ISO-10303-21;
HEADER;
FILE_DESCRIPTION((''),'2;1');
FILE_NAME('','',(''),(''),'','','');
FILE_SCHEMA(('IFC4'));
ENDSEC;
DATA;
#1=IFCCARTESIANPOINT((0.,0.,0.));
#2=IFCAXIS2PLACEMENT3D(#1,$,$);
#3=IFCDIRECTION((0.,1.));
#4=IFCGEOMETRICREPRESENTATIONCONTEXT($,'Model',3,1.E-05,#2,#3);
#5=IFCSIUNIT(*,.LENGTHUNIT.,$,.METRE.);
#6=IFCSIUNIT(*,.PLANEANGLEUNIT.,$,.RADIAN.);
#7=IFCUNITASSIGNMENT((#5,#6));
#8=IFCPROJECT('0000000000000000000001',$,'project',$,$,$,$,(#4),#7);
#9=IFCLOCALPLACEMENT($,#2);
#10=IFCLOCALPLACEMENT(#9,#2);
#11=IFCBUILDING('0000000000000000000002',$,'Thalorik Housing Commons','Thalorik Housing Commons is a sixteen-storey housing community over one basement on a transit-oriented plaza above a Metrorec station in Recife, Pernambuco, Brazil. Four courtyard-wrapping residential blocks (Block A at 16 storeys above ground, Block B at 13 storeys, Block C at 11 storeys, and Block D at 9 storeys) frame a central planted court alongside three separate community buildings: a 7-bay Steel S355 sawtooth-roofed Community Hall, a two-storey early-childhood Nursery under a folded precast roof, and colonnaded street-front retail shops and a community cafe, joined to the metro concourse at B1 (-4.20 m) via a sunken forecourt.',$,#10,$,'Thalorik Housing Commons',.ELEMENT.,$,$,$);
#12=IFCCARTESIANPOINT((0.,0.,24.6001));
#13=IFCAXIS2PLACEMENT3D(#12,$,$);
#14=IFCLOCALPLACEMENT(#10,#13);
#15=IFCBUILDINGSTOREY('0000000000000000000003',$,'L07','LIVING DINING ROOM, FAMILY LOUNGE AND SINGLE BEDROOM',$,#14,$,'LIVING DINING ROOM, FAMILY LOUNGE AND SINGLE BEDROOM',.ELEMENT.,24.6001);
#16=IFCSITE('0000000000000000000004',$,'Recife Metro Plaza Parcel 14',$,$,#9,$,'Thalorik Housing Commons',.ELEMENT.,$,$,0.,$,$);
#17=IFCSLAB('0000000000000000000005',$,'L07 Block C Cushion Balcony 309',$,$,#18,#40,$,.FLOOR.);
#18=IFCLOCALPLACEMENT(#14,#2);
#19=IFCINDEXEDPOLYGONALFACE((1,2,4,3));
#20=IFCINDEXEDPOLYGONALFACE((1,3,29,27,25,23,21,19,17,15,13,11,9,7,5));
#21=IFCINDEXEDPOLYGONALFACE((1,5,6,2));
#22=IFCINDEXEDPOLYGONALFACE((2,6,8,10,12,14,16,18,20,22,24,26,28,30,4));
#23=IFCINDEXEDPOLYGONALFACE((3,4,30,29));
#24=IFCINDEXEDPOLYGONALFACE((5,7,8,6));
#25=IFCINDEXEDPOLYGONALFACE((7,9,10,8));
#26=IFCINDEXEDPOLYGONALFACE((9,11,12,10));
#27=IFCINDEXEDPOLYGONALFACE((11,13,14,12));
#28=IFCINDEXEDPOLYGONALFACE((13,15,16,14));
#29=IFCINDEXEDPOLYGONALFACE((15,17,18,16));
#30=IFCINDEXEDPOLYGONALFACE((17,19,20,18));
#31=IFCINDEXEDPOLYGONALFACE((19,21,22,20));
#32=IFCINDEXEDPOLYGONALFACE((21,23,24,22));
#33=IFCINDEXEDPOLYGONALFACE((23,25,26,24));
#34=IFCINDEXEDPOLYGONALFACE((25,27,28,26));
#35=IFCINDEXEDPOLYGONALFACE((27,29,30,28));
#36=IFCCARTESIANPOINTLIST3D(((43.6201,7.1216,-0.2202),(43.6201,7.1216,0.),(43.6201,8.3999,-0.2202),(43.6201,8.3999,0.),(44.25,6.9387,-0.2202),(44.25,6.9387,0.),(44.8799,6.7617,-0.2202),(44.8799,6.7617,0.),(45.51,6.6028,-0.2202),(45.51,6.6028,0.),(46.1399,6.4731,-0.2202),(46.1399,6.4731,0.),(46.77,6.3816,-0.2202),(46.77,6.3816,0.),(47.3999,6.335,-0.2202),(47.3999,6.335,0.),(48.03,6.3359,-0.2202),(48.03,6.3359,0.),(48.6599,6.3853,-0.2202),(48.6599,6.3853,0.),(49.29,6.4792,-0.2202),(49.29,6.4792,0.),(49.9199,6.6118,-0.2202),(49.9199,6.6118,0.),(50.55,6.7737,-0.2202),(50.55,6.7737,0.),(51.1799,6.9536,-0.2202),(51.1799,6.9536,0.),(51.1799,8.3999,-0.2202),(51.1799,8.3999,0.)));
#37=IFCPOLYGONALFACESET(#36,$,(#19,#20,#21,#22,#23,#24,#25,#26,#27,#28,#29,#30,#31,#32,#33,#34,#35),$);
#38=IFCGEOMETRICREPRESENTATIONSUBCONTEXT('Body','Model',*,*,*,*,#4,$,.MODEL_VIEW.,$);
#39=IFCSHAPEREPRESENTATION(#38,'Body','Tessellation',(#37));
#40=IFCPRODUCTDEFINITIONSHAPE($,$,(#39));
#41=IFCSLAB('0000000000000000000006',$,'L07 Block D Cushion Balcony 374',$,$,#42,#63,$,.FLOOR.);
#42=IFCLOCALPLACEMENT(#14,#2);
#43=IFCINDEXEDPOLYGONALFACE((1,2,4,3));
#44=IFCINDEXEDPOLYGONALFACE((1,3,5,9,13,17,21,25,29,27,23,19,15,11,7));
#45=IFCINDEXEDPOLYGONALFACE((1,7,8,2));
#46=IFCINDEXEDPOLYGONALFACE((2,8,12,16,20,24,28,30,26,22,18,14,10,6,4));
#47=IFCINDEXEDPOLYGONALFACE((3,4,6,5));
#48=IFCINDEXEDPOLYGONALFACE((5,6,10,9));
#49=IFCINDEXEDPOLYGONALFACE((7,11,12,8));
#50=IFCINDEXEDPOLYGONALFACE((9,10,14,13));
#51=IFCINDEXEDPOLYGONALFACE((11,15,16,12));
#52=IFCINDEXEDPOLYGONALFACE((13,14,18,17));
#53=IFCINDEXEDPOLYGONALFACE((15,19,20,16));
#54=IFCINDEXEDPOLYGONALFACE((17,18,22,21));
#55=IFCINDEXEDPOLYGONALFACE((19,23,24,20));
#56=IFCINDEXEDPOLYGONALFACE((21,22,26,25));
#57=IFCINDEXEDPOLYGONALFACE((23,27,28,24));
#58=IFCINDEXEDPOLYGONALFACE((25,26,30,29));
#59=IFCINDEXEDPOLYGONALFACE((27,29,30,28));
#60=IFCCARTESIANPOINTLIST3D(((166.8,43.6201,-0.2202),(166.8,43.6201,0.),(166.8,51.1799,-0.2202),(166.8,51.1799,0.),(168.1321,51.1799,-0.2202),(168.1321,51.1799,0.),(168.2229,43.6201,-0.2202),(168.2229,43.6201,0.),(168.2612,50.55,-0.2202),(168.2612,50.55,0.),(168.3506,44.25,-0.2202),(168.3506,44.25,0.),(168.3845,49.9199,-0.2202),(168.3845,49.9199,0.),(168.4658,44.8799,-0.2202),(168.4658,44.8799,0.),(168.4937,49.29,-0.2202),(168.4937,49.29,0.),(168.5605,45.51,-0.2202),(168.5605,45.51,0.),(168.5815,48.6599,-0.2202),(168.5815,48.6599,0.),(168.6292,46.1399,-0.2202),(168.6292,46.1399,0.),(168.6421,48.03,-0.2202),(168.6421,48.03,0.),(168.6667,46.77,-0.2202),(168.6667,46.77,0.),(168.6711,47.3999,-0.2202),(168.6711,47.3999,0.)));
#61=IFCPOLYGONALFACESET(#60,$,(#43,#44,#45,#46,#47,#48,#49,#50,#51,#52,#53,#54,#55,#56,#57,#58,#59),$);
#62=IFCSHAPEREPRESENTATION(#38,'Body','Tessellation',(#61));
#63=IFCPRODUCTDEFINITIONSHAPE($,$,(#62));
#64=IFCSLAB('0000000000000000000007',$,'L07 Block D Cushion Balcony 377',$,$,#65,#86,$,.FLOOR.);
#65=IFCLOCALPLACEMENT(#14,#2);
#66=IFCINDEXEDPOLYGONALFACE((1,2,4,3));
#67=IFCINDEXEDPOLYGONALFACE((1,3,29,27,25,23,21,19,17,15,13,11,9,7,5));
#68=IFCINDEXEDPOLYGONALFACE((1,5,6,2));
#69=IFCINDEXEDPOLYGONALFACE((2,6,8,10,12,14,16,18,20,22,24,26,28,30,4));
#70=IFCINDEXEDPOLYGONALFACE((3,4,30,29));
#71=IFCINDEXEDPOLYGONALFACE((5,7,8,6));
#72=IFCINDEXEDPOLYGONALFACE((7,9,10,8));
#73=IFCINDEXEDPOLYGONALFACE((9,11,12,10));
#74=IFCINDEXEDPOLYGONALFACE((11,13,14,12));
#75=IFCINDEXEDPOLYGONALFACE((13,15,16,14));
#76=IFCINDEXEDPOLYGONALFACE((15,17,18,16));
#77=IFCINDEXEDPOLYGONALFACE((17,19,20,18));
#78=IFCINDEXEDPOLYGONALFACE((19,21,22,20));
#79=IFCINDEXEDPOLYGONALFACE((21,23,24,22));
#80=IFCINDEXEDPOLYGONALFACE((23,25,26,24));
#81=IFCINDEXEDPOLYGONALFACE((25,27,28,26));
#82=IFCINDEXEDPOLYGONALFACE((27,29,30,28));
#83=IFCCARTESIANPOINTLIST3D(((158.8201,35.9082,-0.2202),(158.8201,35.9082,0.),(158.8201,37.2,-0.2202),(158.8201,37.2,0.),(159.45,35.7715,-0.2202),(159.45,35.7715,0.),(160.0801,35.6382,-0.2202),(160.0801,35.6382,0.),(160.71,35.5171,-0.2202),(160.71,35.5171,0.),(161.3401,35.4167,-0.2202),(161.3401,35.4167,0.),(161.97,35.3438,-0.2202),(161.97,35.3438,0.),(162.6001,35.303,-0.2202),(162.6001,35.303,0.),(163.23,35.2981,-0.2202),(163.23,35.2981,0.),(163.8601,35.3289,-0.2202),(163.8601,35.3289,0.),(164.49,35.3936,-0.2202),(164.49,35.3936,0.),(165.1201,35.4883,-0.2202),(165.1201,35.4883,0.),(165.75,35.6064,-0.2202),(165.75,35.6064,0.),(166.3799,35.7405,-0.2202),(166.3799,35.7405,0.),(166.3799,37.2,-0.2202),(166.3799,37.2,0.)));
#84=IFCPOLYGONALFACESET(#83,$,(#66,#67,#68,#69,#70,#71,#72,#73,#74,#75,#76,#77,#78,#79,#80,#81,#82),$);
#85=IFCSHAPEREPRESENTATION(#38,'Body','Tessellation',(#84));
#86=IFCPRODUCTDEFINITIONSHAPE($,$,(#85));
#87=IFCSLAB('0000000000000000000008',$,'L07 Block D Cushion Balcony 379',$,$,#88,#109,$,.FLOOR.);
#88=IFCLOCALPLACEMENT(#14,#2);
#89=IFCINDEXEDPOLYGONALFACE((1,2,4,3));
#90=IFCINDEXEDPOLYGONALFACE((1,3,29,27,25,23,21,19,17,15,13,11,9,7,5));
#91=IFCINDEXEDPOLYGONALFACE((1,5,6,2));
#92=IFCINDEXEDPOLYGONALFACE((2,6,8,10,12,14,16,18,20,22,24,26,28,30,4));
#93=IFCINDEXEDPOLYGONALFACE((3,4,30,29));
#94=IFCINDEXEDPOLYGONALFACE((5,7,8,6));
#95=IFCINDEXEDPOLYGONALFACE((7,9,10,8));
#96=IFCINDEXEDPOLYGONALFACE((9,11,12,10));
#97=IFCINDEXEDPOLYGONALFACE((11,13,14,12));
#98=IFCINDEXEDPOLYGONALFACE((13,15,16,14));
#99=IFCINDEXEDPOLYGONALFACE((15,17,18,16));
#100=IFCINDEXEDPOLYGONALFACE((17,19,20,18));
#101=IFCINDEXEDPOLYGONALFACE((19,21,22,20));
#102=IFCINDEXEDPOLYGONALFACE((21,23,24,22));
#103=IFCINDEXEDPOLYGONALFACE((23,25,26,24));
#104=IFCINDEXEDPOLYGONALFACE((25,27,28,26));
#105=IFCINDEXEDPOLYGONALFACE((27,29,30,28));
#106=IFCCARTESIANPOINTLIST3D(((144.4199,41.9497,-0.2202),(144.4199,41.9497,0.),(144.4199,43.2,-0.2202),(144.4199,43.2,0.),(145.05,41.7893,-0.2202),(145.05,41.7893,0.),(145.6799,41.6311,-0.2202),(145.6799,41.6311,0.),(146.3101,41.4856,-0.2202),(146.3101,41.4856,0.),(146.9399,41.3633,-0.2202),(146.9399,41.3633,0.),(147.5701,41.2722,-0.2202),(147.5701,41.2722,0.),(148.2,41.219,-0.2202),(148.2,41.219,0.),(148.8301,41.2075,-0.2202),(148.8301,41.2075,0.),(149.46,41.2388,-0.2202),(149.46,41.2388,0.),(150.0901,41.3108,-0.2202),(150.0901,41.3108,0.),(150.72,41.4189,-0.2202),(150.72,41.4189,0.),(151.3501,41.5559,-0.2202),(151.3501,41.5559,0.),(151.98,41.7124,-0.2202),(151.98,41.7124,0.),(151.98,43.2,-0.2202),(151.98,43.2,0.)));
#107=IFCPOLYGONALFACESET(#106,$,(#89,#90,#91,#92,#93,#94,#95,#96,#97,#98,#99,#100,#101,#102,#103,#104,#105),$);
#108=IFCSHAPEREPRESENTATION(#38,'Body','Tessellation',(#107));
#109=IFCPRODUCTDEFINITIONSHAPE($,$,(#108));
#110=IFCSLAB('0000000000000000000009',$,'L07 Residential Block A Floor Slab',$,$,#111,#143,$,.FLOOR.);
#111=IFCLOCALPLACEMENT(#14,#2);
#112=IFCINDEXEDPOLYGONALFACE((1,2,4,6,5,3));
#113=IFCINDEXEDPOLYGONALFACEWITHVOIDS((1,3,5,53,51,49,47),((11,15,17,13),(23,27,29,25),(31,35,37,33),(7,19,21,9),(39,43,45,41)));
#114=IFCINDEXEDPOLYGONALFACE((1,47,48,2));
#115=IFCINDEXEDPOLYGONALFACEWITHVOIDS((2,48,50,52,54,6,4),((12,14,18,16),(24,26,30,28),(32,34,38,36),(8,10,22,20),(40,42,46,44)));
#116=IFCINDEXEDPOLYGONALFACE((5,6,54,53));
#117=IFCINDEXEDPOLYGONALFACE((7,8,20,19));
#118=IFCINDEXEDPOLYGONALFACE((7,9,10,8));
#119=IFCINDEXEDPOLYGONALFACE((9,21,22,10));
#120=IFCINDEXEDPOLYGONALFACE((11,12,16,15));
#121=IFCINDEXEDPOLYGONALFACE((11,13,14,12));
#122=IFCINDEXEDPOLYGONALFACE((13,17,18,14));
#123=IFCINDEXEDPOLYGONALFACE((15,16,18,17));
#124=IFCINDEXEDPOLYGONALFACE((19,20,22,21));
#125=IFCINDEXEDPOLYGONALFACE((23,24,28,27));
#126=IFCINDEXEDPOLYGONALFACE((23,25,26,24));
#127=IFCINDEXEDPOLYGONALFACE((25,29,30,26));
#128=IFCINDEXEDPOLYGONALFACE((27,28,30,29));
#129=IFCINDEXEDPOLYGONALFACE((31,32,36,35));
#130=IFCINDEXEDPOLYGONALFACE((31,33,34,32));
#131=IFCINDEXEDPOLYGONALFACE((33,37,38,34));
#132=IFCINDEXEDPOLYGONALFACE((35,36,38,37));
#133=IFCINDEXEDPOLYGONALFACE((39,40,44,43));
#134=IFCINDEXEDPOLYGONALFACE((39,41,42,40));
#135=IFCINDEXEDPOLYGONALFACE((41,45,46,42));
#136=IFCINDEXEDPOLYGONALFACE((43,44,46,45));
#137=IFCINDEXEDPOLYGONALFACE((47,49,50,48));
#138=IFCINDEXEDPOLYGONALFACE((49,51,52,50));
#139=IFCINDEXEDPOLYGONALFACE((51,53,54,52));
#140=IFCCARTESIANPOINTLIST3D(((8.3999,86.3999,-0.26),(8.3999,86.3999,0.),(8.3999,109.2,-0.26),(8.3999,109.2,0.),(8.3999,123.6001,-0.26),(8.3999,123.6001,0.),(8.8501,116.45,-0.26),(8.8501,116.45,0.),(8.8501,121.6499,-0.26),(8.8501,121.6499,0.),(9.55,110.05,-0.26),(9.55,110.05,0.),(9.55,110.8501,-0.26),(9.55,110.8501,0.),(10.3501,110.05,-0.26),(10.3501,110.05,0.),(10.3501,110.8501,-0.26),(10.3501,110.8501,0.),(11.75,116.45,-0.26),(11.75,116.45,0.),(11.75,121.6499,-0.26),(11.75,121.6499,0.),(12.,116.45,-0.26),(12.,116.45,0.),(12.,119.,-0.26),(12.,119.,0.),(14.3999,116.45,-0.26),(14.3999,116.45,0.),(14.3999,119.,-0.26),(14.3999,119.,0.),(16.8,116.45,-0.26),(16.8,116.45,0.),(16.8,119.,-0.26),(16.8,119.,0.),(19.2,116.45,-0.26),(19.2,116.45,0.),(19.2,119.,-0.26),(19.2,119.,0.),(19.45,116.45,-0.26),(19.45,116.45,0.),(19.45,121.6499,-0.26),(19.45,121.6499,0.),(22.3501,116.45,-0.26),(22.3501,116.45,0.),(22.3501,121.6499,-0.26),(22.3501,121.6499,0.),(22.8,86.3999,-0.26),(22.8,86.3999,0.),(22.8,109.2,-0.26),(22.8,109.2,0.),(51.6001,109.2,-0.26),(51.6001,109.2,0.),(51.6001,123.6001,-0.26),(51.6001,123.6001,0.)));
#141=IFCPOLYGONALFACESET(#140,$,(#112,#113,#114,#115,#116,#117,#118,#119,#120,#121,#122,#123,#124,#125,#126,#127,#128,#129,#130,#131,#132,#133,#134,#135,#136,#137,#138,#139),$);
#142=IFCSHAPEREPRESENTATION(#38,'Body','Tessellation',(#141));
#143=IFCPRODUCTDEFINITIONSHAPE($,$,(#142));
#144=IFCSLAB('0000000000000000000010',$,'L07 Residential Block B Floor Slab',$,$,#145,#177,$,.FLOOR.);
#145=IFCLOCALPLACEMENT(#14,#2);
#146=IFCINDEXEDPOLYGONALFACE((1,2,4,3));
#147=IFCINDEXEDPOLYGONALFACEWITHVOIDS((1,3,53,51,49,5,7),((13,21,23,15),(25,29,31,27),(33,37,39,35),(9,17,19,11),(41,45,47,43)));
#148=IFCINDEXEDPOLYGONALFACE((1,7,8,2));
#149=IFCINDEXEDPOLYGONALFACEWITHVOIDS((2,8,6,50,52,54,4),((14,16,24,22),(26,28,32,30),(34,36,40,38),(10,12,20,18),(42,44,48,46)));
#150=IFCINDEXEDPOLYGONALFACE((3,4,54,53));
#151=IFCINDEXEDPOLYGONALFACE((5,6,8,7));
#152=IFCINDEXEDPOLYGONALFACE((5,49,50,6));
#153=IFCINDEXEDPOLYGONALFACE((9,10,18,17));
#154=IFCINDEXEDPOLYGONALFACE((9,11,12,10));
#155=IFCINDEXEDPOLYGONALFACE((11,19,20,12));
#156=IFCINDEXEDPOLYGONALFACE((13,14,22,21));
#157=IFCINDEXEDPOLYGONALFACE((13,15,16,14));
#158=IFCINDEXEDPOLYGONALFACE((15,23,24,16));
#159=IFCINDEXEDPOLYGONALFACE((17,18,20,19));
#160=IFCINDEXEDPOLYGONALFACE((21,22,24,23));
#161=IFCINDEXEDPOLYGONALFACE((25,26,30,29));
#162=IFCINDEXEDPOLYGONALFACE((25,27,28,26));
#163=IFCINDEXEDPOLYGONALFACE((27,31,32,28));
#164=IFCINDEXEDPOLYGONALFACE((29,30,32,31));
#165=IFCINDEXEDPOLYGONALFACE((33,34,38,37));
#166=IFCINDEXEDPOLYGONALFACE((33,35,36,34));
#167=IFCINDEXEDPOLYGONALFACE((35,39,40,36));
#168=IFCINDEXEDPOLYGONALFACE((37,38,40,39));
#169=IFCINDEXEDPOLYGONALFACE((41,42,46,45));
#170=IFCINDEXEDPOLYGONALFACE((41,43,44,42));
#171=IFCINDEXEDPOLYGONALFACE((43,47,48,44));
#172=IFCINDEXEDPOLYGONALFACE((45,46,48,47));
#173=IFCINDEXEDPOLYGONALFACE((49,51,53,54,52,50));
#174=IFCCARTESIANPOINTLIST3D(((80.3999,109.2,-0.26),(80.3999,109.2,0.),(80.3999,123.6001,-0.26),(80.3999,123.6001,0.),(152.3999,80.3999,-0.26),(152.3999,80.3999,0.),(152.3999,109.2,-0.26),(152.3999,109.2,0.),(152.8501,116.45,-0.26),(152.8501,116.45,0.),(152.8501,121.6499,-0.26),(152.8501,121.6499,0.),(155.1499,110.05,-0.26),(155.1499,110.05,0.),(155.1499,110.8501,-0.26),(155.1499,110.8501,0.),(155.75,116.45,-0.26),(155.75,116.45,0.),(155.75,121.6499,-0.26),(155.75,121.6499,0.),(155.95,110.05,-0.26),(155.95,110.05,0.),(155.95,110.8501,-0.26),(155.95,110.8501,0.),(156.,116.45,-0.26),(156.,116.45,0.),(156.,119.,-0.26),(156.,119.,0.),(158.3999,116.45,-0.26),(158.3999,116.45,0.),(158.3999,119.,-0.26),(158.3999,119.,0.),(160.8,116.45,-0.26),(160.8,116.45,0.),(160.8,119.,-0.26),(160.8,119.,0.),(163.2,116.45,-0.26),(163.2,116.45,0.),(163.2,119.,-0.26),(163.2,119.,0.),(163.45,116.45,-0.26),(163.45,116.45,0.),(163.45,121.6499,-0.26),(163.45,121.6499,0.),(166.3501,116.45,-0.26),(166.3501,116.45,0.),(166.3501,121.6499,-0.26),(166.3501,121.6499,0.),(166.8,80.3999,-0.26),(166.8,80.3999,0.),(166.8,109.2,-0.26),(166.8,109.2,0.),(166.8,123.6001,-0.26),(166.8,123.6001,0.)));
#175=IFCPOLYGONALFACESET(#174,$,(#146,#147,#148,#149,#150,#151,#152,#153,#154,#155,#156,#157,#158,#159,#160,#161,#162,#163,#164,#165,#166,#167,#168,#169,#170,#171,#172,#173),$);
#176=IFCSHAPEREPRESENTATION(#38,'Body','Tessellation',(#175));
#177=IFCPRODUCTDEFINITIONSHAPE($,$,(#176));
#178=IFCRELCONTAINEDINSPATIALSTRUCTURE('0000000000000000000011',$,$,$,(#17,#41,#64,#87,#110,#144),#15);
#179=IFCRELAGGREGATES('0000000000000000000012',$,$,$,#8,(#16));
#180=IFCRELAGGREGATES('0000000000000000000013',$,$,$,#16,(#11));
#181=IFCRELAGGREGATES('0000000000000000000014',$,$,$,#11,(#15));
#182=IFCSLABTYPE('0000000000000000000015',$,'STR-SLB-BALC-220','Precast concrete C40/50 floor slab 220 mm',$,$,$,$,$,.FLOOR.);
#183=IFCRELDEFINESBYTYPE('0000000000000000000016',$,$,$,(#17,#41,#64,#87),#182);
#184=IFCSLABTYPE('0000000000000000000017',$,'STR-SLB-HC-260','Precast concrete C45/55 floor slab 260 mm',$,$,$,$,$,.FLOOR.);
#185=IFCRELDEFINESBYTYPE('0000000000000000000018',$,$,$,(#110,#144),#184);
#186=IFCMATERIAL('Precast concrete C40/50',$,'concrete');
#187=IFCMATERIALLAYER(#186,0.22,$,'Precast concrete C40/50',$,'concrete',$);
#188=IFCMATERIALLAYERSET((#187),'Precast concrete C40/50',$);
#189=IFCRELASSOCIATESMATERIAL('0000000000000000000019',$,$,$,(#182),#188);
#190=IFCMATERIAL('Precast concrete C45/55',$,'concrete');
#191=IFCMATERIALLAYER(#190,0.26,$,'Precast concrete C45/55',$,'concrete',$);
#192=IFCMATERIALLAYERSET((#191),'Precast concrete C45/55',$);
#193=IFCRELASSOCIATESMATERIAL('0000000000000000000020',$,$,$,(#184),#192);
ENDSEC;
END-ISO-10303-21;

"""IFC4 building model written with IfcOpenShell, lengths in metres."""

from ifc_helpers import new_model, si_unit, direction, frame, origin, place, context, subcontext, project, spatial, polyline, outline, extrude, material, layer, layer_set, type_object, element, save


model = new_model("IFC4")

# Units and contexts
model_context = context("Model", 3, precision=1e-05, world=origin(), true_north=direction((0.0, 1.0)))
body_context = subcontext(model_context, "Body", "Model", "MODEL_VIEW")
ifc_project = project(units=[si_unit("LENGTHUNIT", "METRE"), si_unit("PLANEANGLEUNIT", "RADIAN")], contexts=[model_context])

# Site, building, storey
site_placement = place(None, origin())
site = spatial("IfcSite", under=ifc_project, at=site_placement, Name="Recife Metro Plaza Parcel 14", LongName="Thalorik Housing Commons", CompositionType="ELEMENT", RefElevation=0.0)
building_placement = place(site_placement, origin())
building = spatial("IfcBuilding", under=site, at=building_placement, Name="Thalorik Housing Commons", Description="Thalorik Housing Commons is a sixteen-storey housing community over one basement on a transit-oriented plaza above a Metrorec station in Recife, Pernambuco, Brazil. Four courtyard-wrapping residential blocks (Block A at 16 storeys above ground, Block B at 13 storeys, Block C at 11 storeys, and Block D at 9 storeys) frame a central planted court alongside three separate community buildings: a 7-bay Steel S355 sawtooth-roofed Community Hall, a two-storey early-childhood Nursery under a folded precast roof, and colonnaded street-front retail shops and a community cafe, joined to the metro concourse at B1 (-4.20 m) via a sunken forecourt.", LongName="Thalorik Housing Commons", CompositionType="ELEMENT")
storey_placement = place(building_placement, frame((0.0, 0.0, 24.6001)))
storey = spatial("IfcBuildingStorey", under=building, at=storey_placement, Name="L07", Description="LIVING DINING ROOM, FAMILY LOUNGE AND SINGLE BEDROOM", LongName="LIVING DINING ROOM, FAMILY LOUNGE AND SINGLE BEDROOM", CompositionType="ELEMENT", Elevation=24.6001)

# Slabs
ifc_material_1 = material(Name="Precast concrete C40/50", Category="concrete")
ifc_layer_1 = layer(ifc_material_1, 0.22, Name="Precast concrete C40/50", Category="concrete")
ifc_layer_set_1 = layer_set([ifc_layer_1], Name="Precast concrete C40/50")
slab_type_1 = type_object("IfcSlabType", Name="STR-SLB-BALC-220", Description="Precast concrete C40/50 floor slab 220 mm", PredefinedType="FLOOR", material=ifc_layer_set_1)
slab_1_placement = place(storey_placement, frame((0.0, 0.0, -0.2202)))
element("IfcSlab", 1, at=slab_1_placement, inside=storey, type_object=slab_type_1, Name="L07 Block C Cushion Balcony 309", PredefinedType="FLOOR", context=body_context, shape_type="SweptSolid", body=[
    extrude(outline(polyline([(43.6201, 7.1216), (44.25, 6.9387), (44.8799, 6.7617), (45.51, 6.6028), (46.1399, 6.4731), (46.77, 6.3816), (47.3999, 6.335), (48.03, 6.3359), (48.6599, 6.3853), (49.29, 6.4792), (49.9199, 6.6118), (50.55, 6.7737), (51.1799, 6.9536), (51.1799, 8.3999), (43.6201, 8.3999), (43.6201, 7.1216)])), origin(), (0.0, 0.0, 1.0), 0.2202),
])
slab_2_placement = place(storey_placement, frame((0.0, 0.0, -0.2202)))
element("IfcSlab", 2, at=slab_2_placement, inside=storey, type_object=slab_type_1, Name="L07 Block D Cushion Balcony 374", PredefinedType="FLOOR", context=body_context, shape_type="SweptSolid", body=[
    extrude(outline(polyline([(168.2229, 43.6201), (168.3506, 44.25), (168.4658, 44.8799), (168.5605, 45.51), (168.6292, 46.1399), (168.6667, 46.77), (168.6711, 47.3999), (168.6421, 48.03), (168.5815, 48.6599), (168.4937, 49.29), (168.3845, 49.9199), (168.2612, 50.55), (168.1321, 51.1799), (166.8, 51.1799), (166.8, 43.6201), (168.2229, 43.6201)])), origin(), (0.0, 0.0, 1.0), 0.2202),
])
slab_3_placement = place(storey_placement, frame((0.0, 0.0, -0.2202)))
element("IfcSlab", 3, at=slab_3_placement, inside=storey, type_object=slab_type_1, Name="L07 Block D Cushion Balcony 377", PredefinedType="FLOOR", context=body_context, shape_type="SweptSolid", body=[
    extrude(outline(polyline([(158.8201, 35.9082), (159.45, 35.7715), (160.0801, 35.6382), (160.71, 35.5171), (161.3401, 35.4167), (161.97, 35.3438), (162.6001, 35.303), (163.23, 35.2981), (163.8601, 35.3289), (164.49, 35.3936), (165.1201, 35.4883), (165.75, 35.6064), (166.3799, 35.7405), (166.3799, 37.2), (158.8201, 37.2), (158.8201, 35.9082)])), origin(), (0.0, 0.0, 1.0), 0.2202),
])
slab_4_placement = place(storey_placement, frame((0.0, 0.0, -0.2202)))
element("IfcSlab", 4, at=slab_4_placement, inside=storey, type_object=slab_type_1, Name="L07 Block D Cushion Balcony 379", PredefinedType="FLOOR", context=body_context, shape_type="SweptSolid", body=[
    extrude(outline(polyline([(144.4199, 41.9497), (145.05, 41.7893), (145.6799, 41.6311), (146.3101, 41.4856), (146.9399, 41.3633), (147.5701, 41.2722), (148.2, 41.219), (148.8301, 41.2075), (149.46, 41.2388), (150.0901, 41.3108), (150.72, 41.4189), (151.3501, 41.5559), (151.98, 41.7124), (151.98, 43.2), (144.4199, 43.2), (144.4199, 41.9497)])), origin(), (0.0, 0.0, 1.0), 0.2202),
])
ifc_material_2 = material(Name="Precast concrete C45/55", Category="concrete")
ifc_layer_2 = layer(ifc_material_2, 0.26, Name="Precast concrete C45/55", Category="concrete")
ifc_layer_set_2 = layer_set([ifc_layer_2], Name="Precast concrete C45/55")
slab_type_2 = type_object("IfcSlabType", Name="STR-SLB-HC-260", Description="Precast concrete C45/55 floor slab 260 mm", PredefinedType="FLOOR", material=ifc_layer_set_2)
slab_5_placement = place(storey_placement, frame((0.0, 0.0, -0.26)))
element("IfcSlab", 5, at=slab_5_placement, inside=storey, type_object=slab_type_2, Name="L07 Residential Block A Floor Slab", PredefinedType="FLOOR", context=body_context, shape_type="SweptSolid", body=[
    extrude(outline(polyline([(8.3999, 123.6001), (8.3999, 109.2), (8.3999, 86.3999), (22.8, 86.3999), (22.8, 109.2), (51.6001, 109.2), (51.6001, 123.6001), (8.3999, 123.6001)]), holes=[polyline([(8.8501, 121.6499), (11.75, 121.6499), (11.75, 116.45), (8.8501, 116.45), (8.8501, 121.6499)]), polyline([(22.3501, 121.6499), (22.3501, 116.45), (19.45, 116.45), (19.45, 121.6499), (22.3501, 121.6499)]), polyline([(14.3999, 119.0), (14.3999, 116.45), (12.0, 116.45), (12.0, 119.0), (14.3999, 119.0)]), polyline([(19.2, 116.45), (16.8, 116.45), (16.8, 119.0), (19.2, 119.0), (19.2, 116.45)]), polyline([(9.55, 110.05), (9.55, 110.8501), (10.3501, 110.8501), (10.3501, 110.05), (9.55, 110.05)])]), origin(), (0.0, 0.0, 1.0), 0.26),
])
slab_6_placement = place(storey_placement, frame((0.0, 0.0, -0.26)))
element("IfcSlab", 6, at=slab_6_placement, inside=storey, type_object=slab_type_2, Name="L07 Residential Block B Floor Slab", PredefinedType="FLOOR", context=body_context, shape_type="SweptSolid", body=[
    extrude(outline(polyline([(80.3999, 109.2), (152.3999, 109.2), (152.3999, 80.3999), (166.8, 80.3999), (166.8, 109.2), (166.8, 123.6001), (80.3999, 123.6001), (80.3999, 109.2)]), holes=[polyline([(152.8501, 121.6499), (155.75, 121.6499), (155.75, 116.45), (152.8501, 116.45), (152.8501, 121.6499)]), polyline([(166.3501, 121.6499), (166.3501, 116.45), (163.45, 116.45), (163.45, 121.6499), (166.3501, 121.6499)]), polyline([(158.3999, 119.0), (158.3999, 116.45), (156.0, 116.45), (156.0, 119.0), (158.3999, 119.0)]), polyline([(163.2, 116.45), (160.8, 116.45), (160.8, 119.0), (163.2, 119.0), (163.2, 116.45)]), polyline([(155.1499, 110.05), (155.1499, 110.8501), (155.95, 110.8501), (155.95, 110.05), (155.1499, 110.05)])]), origin(), (0.0, 0.0, 1.0), 0.26),
])

save(model, "model.ifc")
